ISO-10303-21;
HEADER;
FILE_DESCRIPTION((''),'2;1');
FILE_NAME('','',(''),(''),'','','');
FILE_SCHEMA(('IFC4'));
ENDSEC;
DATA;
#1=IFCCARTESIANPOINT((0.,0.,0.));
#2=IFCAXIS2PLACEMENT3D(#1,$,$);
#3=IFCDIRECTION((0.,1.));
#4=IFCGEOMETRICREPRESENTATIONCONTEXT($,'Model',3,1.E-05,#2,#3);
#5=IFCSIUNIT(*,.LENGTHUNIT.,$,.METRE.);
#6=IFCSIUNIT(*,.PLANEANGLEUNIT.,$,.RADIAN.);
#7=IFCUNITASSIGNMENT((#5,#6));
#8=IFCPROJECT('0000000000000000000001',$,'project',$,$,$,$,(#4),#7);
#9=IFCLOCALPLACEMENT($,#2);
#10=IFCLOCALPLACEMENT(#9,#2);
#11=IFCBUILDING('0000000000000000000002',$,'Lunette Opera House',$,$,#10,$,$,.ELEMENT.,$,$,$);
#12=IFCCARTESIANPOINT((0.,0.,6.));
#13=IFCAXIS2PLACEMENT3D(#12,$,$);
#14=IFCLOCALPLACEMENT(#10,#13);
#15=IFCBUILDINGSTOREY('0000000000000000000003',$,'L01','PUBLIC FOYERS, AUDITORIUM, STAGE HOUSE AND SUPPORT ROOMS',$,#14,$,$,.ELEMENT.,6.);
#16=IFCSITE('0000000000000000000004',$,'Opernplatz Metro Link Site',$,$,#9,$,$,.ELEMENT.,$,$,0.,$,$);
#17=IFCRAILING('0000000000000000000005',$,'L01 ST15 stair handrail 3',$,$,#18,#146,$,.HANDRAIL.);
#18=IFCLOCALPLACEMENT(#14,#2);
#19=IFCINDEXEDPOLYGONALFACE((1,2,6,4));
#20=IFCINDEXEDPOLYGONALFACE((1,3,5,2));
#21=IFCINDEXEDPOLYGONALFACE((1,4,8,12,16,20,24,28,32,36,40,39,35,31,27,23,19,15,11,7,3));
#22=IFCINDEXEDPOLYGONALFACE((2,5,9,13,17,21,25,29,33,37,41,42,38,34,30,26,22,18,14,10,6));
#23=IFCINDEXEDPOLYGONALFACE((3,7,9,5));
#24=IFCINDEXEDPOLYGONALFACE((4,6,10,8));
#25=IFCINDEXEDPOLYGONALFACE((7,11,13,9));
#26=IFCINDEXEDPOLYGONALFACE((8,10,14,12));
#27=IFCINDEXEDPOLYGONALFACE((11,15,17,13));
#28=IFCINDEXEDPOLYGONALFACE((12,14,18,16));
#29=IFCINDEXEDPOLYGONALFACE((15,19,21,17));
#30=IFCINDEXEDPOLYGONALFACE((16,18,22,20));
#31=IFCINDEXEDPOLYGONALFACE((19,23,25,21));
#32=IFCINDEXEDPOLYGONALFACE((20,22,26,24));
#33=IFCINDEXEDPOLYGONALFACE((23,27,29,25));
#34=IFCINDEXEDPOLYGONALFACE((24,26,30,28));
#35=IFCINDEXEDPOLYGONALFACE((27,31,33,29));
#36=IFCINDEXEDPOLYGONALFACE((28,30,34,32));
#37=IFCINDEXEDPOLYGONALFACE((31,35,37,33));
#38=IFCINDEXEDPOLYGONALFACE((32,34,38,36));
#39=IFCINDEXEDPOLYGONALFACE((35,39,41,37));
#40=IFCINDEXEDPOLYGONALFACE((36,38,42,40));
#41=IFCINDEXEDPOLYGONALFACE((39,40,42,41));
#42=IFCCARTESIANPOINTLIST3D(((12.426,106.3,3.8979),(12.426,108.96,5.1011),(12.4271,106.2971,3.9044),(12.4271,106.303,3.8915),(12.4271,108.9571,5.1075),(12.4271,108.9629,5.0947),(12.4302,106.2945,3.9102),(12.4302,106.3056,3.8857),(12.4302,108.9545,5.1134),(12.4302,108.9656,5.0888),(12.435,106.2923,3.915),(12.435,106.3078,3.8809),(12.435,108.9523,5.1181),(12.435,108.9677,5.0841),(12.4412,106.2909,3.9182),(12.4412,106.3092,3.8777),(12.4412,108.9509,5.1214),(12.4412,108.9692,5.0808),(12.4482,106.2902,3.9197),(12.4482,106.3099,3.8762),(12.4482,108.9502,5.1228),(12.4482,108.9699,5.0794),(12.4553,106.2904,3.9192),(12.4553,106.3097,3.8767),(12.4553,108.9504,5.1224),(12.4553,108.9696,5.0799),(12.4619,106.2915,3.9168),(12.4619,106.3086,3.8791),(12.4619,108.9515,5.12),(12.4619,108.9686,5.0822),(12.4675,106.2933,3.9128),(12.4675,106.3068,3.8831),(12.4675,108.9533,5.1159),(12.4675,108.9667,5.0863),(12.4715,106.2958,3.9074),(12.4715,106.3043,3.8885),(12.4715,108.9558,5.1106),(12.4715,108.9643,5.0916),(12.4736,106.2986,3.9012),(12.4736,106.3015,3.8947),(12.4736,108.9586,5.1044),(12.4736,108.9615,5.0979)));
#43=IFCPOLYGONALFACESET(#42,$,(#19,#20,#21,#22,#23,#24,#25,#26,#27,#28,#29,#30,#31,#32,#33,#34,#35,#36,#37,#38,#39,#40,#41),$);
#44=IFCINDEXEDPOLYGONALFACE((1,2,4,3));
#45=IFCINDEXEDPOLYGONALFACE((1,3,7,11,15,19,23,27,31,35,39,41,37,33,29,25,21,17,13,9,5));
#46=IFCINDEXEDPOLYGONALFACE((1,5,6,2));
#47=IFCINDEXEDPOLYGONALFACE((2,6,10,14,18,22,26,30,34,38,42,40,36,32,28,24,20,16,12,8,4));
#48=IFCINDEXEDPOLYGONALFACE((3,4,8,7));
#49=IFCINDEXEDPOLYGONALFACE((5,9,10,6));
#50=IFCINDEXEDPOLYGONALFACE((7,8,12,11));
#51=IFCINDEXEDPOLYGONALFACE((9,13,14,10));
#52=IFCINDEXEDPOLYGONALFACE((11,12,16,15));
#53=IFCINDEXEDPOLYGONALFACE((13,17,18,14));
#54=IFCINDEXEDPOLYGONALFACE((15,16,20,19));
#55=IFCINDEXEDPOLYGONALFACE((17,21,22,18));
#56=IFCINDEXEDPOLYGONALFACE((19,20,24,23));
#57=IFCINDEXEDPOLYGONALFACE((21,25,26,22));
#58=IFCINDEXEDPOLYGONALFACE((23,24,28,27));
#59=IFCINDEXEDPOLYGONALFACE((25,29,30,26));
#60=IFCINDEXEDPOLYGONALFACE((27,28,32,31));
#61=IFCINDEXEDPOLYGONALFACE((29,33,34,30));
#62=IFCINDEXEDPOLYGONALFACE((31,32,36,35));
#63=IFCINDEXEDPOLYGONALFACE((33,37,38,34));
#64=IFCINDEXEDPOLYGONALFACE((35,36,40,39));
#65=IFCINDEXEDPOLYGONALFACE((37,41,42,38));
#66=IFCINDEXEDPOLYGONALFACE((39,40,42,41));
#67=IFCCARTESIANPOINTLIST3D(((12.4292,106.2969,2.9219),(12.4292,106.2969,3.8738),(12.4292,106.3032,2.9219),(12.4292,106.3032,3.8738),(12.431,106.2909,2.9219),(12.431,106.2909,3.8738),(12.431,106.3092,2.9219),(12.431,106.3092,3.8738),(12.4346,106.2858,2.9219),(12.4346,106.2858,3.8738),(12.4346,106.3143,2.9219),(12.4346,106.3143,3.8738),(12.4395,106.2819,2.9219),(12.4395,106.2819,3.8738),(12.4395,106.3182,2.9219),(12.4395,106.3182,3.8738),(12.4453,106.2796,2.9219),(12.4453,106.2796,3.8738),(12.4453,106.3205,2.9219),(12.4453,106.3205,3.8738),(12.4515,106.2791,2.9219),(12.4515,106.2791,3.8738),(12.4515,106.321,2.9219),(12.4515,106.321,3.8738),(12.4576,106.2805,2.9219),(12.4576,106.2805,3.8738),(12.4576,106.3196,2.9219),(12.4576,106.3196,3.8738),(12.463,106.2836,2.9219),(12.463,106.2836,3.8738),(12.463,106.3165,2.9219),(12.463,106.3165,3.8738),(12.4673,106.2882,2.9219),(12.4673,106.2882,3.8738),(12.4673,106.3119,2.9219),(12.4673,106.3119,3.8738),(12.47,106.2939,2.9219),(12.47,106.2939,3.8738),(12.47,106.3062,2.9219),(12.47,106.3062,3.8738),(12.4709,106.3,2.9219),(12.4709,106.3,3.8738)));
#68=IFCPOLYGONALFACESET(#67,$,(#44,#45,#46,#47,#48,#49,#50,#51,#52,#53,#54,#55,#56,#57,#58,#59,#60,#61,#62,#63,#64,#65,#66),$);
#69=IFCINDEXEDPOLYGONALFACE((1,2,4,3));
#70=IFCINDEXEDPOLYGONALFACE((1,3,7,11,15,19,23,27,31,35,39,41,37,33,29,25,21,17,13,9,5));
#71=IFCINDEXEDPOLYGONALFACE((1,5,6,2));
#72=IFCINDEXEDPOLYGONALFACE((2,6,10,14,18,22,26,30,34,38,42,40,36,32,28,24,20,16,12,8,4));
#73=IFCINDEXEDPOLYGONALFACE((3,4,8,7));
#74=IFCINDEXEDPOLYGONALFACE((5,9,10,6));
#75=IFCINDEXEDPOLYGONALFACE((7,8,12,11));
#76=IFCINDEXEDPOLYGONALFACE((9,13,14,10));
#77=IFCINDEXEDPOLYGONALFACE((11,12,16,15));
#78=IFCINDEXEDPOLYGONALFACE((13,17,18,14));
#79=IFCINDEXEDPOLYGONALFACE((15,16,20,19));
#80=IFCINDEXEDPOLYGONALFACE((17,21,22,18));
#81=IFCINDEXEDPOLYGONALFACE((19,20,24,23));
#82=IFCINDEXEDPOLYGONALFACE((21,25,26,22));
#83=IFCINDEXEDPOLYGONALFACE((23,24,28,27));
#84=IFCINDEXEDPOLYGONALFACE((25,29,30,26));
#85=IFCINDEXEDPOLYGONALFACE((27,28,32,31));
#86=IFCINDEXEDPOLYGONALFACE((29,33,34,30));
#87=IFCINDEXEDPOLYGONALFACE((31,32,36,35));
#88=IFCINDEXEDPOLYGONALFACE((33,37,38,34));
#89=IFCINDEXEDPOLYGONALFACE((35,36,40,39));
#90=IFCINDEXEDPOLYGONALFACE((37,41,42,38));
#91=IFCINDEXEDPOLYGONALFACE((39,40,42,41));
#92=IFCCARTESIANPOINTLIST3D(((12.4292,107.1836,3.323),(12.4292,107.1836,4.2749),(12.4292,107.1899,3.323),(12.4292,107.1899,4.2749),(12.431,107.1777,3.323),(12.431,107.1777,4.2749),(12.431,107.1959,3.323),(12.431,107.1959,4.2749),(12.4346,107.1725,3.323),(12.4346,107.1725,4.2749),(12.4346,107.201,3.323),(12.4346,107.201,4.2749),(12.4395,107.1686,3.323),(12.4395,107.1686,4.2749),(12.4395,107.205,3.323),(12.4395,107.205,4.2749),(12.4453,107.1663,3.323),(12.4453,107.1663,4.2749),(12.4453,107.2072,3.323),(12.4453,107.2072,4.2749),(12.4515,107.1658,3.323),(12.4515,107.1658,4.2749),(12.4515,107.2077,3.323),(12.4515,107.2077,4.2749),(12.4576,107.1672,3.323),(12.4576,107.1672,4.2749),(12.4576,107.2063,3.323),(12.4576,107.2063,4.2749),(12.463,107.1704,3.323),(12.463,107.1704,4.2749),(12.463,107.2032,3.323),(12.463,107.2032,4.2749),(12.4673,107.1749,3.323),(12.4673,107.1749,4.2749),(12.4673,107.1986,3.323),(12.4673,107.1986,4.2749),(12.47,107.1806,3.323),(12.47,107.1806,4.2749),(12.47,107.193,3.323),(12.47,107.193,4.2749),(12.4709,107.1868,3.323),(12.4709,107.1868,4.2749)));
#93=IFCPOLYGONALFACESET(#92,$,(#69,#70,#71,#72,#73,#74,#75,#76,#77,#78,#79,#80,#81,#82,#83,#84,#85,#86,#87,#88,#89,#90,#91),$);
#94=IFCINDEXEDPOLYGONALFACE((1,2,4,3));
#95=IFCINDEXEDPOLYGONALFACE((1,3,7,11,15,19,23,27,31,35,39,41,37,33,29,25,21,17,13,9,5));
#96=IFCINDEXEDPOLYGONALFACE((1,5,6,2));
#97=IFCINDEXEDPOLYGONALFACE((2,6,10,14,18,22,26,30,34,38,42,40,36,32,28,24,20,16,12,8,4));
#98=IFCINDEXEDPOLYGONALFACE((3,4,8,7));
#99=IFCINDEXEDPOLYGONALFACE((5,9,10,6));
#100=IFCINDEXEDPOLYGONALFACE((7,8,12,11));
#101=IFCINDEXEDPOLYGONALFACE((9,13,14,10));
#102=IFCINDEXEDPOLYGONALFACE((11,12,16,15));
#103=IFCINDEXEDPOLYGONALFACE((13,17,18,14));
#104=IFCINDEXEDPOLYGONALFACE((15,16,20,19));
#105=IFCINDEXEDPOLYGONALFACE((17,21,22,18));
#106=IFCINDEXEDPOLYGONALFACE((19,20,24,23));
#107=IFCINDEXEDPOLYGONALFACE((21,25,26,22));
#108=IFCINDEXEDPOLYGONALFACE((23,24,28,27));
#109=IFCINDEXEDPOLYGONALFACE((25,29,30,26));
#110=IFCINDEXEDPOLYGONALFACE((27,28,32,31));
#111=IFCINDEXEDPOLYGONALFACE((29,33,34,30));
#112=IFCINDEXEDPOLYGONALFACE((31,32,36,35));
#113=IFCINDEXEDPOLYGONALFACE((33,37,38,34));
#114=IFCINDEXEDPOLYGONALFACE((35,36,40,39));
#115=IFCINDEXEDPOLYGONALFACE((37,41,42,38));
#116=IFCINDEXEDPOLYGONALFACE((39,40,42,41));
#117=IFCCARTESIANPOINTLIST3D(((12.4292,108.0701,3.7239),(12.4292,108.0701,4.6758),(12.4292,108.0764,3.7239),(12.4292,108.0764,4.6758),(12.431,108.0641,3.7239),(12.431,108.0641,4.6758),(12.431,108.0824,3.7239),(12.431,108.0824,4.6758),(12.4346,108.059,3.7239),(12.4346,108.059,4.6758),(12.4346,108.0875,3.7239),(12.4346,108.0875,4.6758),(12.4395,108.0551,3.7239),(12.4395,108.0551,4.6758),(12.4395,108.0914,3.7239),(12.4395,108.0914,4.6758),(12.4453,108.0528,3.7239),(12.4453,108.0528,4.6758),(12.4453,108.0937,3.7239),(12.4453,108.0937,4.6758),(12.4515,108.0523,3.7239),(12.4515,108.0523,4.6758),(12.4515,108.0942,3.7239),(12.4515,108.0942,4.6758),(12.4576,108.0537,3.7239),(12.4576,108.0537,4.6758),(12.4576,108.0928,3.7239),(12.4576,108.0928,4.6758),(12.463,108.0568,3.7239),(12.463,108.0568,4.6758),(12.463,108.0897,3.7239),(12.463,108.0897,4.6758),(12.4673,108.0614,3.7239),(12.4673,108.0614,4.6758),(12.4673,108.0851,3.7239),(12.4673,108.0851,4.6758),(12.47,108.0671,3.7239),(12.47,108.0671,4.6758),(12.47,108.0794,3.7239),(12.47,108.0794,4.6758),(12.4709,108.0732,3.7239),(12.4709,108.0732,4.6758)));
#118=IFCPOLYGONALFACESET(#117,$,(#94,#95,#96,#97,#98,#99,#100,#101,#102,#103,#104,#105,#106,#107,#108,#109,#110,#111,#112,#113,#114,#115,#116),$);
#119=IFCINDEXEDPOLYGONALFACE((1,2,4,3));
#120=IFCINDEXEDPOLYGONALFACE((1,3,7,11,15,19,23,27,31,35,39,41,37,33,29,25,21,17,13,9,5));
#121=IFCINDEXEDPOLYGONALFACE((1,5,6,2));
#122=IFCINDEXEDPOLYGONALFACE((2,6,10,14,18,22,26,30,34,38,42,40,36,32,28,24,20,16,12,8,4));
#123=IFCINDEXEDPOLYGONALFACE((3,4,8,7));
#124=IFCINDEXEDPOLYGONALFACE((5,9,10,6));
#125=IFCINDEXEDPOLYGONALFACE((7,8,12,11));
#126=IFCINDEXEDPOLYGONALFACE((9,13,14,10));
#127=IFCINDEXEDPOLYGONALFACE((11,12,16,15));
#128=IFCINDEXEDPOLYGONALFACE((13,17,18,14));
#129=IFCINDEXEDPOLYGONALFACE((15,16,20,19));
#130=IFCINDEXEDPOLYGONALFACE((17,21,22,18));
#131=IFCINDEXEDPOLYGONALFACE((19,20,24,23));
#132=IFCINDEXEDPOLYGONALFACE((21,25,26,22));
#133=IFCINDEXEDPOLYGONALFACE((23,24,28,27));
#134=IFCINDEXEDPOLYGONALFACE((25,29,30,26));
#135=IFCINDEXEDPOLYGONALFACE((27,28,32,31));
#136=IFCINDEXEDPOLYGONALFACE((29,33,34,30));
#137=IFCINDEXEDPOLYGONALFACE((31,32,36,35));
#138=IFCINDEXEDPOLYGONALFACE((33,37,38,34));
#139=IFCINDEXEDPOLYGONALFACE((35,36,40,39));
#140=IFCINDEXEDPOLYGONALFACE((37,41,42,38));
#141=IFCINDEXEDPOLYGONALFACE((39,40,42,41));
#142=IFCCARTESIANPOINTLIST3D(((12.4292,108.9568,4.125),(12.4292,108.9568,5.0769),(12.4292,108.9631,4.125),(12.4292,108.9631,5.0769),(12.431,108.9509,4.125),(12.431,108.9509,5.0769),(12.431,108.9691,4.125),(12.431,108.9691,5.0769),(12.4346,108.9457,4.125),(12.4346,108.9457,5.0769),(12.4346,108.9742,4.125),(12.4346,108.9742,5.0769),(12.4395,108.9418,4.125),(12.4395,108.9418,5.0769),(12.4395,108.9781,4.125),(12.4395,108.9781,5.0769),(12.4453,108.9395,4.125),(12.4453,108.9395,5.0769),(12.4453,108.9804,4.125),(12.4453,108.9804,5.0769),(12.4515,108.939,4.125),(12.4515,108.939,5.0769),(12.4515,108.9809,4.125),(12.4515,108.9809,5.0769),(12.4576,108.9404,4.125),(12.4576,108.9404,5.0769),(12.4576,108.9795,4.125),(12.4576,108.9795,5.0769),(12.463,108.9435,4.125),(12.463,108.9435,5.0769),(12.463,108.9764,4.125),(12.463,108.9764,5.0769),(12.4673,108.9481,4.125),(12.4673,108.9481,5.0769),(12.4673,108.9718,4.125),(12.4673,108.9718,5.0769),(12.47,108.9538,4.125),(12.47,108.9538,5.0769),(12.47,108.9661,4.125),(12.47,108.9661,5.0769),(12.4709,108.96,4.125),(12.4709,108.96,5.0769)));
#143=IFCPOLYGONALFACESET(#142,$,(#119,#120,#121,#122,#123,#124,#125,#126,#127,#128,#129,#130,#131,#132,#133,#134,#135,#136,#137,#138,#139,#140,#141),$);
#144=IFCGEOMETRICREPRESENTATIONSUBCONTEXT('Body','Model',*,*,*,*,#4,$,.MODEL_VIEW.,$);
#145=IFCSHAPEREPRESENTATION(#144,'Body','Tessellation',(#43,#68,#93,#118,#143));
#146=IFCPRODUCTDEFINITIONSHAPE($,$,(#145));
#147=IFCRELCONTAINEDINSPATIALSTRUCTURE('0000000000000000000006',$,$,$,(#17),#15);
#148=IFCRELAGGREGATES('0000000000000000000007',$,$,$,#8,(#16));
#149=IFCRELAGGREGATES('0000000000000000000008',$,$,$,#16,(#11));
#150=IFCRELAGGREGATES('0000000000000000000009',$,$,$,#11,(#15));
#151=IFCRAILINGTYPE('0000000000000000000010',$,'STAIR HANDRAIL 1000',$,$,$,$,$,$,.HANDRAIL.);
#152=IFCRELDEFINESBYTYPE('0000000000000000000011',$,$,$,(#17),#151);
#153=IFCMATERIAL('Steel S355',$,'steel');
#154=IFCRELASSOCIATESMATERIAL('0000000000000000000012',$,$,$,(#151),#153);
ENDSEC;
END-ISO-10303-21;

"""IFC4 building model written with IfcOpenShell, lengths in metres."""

from ifc_helpers import new_model, si_unit, direction, frame, origin, origin_2d, place, context, subcontext, project, spatial, circle, extrude, material, type_object, element, save


model = new_model("IFC4")

# Units and contexts
model_context = context("Model", 3, precision=1e-05, world=origin(), true_north=direction((0.0, 1.0)))
body_context = subcontext(model_context, "Body", "Model", "MODEL_VIEW")
ifc_project = project(units=[si_unit("LENGTHUNIT", "METRE"), si_unit("PLANEANGLEUNIT", "RADIAN")], contexts=[model_context])

# Site, building, storey
site_placement = place(None, origin())
site = spatial("IfcSite", under=ifc_project, at=site_placement, Name="Opernplatz Metro Link Site", CompositionType="ELEMENT", RefElevation=0.0)
building_placement = place(site_placement, origin())
building = spatial("IfcBuilding", under=site, at=building_placement, Name="Lunette Opera House", CompositionType="ELEMENT")
storey_placement = place(building_placement, frame((0.0, 0.0, 6.0)))
storey = spatial("IfcBuildingStorey", under=building, at=storey_placement, Name="L01", Description="PUBLIC FOYERS, AUDITORIUM, STAGE HOUSE AND SUPPORT ROOMS", CompositionType="ELEMENT", Elevation=6.0)

# Railing
ifc_material_1 = material(Name="Steel S355", Category="steel")
railing_type_1 = type_object("IfcRailingType", Name="STAIR HANDRAIL 1000", PredefinedType="HANDRAIL", material=ifc_material_1)
railing_1_placement = place(storey_placement, frame((12.45, 106.3, 2.9219)))
element("IfcRailing", 1, at=railing_1_placement, inside=storey, type_object=railing_type_1, Name="L01 ST15 stair handrail 3", PredefinedType="HANDRAIL", context=body_context, shape_type="SweptSolid", body=[
    extrude(circle(Radius=0.0239, at=origin_2d()), frame((0.0, 0.0, 0.9761), z_axis=(0.0, 0.91113, 0.41212), x_axis=(-1.0, 0.0, 0.0)), (0.0, 0.0, 1.0), 2.9194),
    extrude(circle(Radius=0.021, at=origin_2d()), origin(), (0.0, 0.0, 1.0), 0.9519),
    extrude(circle(Radius=0.021, at=origin_2d()), frame((0.0, 0.8867, 0.4011)), (0.0, 0.0, 1.0), 0.9519),
    extrude(circle(Radius=0.021, at=origin_2d()), frame((0.0, 1.7732, 0.802)), (0.0, 0.0, 1.0), 0.9519),
    extrude(circle(Radius=0.021, at=origin_2d()), frame((0.0, 2.6599, 1.2031)), (0.0, 0.0, 1.0), 0.9519),
])

save(model, "model.ifc")
